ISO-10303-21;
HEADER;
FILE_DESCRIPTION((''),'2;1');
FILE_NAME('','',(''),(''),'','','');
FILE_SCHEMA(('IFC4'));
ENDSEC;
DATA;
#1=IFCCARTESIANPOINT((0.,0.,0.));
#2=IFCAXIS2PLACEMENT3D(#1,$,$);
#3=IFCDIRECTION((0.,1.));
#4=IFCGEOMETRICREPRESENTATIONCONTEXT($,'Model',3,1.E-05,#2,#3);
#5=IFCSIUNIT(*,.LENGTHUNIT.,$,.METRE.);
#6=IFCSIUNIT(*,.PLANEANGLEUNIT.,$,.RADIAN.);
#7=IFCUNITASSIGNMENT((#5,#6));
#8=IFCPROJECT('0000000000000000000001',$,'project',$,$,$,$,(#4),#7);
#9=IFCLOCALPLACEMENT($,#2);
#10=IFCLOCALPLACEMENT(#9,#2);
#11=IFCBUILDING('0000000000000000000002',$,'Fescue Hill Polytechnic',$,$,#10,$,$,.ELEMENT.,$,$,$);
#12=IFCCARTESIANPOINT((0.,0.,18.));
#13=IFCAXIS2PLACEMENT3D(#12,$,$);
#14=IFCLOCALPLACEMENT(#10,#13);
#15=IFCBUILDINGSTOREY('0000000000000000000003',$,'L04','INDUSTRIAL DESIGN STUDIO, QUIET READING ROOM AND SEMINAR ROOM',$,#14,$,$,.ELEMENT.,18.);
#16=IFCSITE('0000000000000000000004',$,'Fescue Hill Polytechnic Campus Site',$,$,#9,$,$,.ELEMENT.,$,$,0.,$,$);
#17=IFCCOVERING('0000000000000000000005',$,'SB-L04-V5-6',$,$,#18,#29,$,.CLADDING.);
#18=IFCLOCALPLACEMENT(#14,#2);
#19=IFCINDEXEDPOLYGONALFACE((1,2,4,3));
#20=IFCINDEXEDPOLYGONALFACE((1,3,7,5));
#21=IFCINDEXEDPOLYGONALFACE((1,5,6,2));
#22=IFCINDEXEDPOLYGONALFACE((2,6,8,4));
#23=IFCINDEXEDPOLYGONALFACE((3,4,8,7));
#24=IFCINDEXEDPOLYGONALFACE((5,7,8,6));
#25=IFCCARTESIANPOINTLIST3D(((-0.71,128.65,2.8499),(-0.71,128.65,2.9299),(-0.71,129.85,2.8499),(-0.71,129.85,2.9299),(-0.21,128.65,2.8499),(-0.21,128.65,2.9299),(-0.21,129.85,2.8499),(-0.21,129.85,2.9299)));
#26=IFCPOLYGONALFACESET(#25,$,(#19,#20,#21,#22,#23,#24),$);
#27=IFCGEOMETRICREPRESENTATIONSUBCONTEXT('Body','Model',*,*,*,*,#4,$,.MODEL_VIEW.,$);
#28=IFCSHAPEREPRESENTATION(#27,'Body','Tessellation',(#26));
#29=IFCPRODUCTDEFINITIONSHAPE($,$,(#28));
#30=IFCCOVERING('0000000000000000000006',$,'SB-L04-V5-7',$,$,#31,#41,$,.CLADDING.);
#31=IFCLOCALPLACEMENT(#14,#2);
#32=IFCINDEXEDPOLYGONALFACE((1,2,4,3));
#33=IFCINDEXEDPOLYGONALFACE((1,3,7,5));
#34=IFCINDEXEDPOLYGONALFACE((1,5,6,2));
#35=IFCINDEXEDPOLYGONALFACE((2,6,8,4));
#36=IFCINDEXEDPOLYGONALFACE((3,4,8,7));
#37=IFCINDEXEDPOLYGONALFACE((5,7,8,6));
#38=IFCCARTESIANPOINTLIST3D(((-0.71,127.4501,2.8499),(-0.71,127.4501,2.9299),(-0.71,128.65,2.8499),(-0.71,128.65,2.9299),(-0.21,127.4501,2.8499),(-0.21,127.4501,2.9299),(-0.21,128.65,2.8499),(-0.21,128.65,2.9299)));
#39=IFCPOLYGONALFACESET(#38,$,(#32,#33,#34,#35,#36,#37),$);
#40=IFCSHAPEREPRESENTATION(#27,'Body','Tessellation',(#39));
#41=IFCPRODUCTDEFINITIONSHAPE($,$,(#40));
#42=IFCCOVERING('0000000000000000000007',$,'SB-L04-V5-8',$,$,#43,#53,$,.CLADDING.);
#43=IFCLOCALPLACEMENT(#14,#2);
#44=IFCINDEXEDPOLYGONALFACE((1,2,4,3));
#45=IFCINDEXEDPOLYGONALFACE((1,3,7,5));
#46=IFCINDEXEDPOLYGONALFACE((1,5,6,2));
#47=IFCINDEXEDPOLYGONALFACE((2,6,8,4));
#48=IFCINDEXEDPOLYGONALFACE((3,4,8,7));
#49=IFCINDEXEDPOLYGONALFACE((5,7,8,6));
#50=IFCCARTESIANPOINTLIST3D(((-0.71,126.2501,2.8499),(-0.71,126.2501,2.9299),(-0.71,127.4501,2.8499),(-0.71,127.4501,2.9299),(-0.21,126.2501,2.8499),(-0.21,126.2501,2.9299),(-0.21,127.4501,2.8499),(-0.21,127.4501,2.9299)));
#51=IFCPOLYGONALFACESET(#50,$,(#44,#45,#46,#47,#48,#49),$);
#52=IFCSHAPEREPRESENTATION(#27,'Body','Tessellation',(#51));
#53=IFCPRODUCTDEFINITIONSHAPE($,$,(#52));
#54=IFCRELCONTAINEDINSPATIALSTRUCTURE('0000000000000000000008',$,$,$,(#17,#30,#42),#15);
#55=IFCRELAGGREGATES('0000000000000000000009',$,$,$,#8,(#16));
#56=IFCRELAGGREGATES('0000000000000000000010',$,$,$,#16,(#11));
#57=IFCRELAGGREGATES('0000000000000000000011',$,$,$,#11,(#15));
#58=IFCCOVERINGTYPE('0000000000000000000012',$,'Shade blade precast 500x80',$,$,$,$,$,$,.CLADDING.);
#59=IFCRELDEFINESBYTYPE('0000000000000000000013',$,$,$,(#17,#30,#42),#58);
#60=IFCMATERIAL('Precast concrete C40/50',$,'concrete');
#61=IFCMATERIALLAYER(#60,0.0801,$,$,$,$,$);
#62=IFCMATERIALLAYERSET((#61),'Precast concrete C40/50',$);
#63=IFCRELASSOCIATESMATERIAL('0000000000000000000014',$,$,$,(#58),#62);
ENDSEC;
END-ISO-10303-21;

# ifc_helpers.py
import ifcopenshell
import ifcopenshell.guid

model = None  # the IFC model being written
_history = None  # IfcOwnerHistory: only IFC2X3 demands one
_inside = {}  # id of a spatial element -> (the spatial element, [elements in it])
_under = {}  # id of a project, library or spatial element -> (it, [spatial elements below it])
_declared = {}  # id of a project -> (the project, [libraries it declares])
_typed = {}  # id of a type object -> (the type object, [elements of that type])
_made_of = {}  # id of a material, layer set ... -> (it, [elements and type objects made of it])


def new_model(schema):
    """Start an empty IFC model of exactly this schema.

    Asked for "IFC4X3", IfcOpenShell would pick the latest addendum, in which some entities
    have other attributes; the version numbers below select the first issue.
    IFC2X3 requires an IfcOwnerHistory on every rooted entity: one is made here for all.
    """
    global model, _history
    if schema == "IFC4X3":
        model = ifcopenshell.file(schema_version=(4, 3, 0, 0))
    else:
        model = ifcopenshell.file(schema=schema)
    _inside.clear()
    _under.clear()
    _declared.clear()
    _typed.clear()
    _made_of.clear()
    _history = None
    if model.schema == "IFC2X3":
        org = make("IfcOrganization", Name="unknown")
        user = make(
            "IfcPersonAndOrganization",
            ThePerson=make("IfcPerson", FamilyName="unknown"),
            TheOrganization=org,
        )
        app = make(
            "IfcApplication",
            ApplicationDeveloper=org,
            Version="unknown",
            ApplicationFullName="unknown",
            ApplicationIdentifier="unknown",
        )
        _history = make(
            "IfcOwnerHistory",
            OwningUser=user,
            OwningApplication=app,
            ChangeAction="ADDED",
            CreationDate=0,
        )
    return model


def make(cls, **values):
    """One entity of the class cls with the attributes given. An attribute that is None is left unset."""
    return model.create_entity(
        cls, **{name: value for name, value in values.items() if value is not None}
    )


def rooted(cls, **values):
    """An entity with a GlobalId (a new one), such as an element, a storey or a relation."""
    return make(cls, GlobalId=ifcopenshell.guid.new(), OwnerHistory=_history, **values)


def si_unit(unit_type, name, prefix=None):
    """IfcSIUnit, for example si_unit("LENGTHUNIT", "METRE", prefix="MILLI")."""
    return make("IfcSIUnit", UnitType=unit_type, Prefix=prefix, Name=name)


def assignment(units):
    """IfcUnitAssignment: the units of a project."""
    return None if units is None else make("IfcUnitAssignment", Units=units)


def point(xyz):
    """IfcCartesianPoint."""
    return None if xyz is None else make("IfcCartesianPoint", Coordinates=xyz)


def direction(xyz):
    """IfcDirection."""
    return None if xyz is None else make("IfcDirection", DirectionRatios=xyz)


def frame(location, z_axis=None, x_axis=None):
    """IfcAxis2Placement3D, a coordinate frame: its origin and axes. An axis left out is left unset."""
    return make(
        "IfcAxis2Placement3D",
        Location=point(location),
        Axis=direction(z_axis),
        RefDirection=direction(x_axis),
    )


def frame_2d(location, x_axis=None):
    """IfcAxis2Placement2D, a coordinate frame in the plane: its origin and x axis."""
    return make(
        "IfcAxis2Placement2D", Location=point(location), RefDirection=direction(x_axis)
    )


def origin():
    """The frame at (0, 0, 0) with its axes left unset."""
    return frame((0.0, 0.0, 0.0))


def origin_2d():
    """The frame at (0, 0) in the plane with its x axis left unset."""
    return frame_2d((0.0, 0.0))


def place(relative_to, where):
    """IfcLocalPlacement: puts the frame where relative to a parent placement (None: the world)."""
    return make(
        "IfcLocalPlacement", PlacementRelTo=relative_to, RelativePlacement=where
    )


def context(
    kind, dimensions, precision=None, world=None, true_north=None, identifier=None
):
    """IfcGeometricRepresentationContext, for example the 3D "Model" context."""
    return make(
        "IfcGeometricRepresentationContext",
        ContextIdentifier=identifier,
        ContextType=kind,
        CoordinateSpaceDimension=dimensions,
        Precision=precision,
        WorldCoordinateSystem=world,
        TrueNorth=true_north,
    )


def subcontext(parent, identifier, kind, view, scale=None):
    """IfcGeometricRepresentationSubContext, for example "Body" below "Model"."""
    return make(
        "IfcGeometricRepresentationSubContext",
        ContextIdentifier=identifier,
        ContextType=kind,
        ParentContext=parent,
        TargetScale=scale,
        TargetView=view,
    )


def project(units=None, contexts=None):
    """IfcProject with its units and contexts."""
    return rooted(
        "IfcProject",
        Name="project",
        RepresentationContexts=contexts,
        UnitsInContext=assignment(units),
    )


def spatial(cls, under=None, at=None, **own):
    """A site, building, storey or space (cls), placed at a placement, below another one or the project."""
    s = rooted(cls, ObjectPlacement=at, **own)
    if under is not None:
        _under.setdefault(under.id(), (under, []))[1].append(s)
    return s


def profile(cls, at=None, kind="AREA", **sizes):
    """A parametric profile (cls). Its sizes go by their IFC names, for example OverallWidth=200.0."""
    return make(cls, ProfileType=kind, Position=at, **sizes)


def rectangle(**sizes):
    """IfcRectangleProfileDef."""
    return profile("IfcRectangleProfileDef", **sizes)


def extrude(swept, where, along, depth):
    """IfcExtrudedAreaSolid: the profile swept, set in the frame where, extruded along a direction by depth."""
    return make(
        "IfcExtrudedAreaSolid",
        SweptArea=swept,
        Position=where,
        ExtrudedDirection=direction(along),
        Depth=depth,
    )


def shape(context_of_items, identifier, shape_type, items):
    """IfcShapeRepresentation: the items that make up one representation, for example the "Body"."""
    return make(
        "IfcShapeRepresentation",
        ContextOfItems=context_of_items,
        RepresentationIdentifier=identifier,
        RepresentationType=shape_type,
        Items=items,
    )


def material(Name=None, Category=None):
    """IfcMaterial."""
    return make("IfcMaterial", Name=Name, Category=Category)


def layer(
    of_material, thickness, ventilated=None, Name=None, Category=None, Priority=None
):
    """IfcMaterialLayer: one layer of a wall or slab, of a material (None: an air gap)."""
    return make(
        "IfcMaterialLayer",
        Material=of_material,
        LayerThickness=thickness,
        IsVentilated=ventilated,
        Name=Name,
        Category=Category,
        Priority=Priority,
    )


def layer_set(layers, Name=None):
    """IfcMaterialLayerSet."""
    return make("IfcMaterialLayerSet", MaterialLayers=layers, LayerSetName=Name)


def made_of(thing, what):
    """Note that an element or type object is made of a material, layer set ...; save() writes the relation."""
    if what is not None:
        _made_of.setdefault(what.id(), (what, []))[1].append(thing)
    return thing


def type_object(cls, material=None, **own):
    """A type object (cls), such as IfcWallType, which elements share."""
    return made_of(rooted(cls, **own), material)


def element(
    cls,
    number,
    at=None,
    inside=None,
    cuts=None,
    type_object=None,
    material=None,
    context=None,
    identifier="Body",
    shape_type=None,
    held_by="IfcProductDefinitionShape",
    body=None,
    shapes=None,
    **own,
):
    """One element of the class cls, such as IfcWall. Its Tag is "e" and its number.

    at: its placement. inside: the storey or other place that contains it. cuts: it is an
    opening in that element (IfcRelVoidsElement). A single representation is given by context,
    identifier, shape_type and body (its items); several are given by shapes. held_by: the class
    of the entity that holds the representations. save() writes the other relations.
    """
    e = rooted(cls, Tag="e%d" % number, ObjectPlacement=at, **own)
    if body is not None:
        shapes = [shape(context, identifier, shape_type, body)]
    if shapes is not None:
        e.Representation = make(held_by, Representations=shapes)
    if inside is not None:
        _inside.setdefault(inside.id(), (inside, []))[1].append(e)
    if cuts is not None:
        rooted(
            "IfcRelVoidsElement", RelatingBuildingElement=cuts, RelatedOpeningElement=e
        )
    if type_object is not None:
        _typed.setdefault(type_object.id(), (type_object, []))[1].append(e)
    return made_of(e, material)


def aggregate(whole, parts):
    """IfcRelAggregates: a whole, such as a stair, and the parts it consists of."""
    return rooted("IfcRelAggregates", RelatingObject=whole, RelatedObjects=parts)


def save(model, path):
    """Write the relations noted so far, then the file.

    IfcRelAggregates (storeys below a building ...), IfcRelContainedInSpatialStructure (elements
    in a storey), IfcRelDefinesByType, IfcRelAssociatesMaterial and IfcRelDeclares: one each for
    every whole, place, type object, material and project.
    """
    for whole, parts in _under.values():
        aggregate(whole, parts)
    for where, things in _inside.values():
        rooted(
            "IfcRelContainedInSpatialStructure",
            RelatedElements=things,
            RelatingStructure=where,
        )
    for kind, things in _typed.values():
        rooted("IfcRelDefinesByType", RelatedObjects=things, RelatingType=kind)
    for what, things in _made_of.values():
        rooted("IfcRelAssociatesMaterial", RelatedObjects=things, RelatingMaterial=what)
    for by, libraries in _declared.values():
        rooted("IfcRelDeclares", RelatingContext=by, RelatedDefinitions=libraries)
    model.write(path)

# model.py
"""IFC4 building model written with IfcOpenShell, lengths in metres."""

from ifc_helpers import new_model, si_unit, direction, frame, origin, origin_2d, place, context, subcontext, project, spatial, rectangle, extrude, material, layer, layer_set, type_object, element, save


model = new_model("IFC4")

# Units and contexts
model_context = context("Model", 3, precision=1e-05, world=origin(), true_north=direction((0.0, 1.0)))
body_context = subcontext(model_context, "Body", "Model", "MODEL_VIEW")
ifc_project = project(units=[si_unit("LENGTHUNIT", "METRE"), si_unit("PLANEANGLEUNIT", "RADIAN")], contexts=[model_context])

# Site, building, storey
site_placement = place(None, origin())
site = spatial("IfcSite", under=ifc_project, at=site_placement, Name="Fescue Hill Polytechnic Campus Site", CompositionType="ELEMENT", RefElevation=0.0)
building_placement = place(site_placement, origin())
building = spatial("IfcBuilding", under=site, at=building_placement, Name="Fescue Hill Polytechnic", CompositionType="ELEMENT")
storey_placement = place(building_placement, frame((0.0, 0.0, 18.0)))
storey = spatial("IfcBuildingStorey", under=building, at=storey_placement, Name="L04", Description="INDUSTRIAL DESIGN STUDIO, QUIET READING ROOM AND SEMINAR ROOM", CompositionType="ELEMENT", Elevation=18.0)

# Coverings
ifc_material_1 = material(Name="Precast concrete C40/50", Category="concrete")
ifc_layer_1 = layer(ifc_material_1, 0.0801)
ifc_layer_set_1 = layer_set([ifc_layer_1], Name="Precast concrete C40/50")
covering_type = type_object("IfcCoveringType", Name="Shade blade precast 500x80", PredefinedType="CLADDING", material=ifc_layer_set_1)
for number, where, z_axis, x_axis, name in (
    (1, (-0.46, 129.25, 2.8499), (0.0, 0.0, 1.0), (0.0, -1.0, 0.0), "SB-L04-V5-6"),
    (2, (-0.46, 128.05, 2.8499), (0.0, 0.0, 1.0), (0.0, -1.0, 0.0), "SB-L04-V5-7"),
    (3, (-0.46, 126.8501, 2.8499), (0.0, 0.0, 1.0), (0.0, -1.0, 0.0), "SB-L04-V5-8"),
):
    element("IfcCovering", number, at=place(storey_placement, frame(where, z_axis=z_axis, x_axis=x_axis)), inside=storey, type_object=covering_type, Name=name, PredefinedType="CLADDING", context=body_context, shape_type="SweptSolid", body=[
        extrude(rectangle(XDim=1.2, YDim=0.5, at=origin_2d()), origin(), (0.0, 0.0, 1.0), 0.0801),
    ])

save(model, "model.ifc")
